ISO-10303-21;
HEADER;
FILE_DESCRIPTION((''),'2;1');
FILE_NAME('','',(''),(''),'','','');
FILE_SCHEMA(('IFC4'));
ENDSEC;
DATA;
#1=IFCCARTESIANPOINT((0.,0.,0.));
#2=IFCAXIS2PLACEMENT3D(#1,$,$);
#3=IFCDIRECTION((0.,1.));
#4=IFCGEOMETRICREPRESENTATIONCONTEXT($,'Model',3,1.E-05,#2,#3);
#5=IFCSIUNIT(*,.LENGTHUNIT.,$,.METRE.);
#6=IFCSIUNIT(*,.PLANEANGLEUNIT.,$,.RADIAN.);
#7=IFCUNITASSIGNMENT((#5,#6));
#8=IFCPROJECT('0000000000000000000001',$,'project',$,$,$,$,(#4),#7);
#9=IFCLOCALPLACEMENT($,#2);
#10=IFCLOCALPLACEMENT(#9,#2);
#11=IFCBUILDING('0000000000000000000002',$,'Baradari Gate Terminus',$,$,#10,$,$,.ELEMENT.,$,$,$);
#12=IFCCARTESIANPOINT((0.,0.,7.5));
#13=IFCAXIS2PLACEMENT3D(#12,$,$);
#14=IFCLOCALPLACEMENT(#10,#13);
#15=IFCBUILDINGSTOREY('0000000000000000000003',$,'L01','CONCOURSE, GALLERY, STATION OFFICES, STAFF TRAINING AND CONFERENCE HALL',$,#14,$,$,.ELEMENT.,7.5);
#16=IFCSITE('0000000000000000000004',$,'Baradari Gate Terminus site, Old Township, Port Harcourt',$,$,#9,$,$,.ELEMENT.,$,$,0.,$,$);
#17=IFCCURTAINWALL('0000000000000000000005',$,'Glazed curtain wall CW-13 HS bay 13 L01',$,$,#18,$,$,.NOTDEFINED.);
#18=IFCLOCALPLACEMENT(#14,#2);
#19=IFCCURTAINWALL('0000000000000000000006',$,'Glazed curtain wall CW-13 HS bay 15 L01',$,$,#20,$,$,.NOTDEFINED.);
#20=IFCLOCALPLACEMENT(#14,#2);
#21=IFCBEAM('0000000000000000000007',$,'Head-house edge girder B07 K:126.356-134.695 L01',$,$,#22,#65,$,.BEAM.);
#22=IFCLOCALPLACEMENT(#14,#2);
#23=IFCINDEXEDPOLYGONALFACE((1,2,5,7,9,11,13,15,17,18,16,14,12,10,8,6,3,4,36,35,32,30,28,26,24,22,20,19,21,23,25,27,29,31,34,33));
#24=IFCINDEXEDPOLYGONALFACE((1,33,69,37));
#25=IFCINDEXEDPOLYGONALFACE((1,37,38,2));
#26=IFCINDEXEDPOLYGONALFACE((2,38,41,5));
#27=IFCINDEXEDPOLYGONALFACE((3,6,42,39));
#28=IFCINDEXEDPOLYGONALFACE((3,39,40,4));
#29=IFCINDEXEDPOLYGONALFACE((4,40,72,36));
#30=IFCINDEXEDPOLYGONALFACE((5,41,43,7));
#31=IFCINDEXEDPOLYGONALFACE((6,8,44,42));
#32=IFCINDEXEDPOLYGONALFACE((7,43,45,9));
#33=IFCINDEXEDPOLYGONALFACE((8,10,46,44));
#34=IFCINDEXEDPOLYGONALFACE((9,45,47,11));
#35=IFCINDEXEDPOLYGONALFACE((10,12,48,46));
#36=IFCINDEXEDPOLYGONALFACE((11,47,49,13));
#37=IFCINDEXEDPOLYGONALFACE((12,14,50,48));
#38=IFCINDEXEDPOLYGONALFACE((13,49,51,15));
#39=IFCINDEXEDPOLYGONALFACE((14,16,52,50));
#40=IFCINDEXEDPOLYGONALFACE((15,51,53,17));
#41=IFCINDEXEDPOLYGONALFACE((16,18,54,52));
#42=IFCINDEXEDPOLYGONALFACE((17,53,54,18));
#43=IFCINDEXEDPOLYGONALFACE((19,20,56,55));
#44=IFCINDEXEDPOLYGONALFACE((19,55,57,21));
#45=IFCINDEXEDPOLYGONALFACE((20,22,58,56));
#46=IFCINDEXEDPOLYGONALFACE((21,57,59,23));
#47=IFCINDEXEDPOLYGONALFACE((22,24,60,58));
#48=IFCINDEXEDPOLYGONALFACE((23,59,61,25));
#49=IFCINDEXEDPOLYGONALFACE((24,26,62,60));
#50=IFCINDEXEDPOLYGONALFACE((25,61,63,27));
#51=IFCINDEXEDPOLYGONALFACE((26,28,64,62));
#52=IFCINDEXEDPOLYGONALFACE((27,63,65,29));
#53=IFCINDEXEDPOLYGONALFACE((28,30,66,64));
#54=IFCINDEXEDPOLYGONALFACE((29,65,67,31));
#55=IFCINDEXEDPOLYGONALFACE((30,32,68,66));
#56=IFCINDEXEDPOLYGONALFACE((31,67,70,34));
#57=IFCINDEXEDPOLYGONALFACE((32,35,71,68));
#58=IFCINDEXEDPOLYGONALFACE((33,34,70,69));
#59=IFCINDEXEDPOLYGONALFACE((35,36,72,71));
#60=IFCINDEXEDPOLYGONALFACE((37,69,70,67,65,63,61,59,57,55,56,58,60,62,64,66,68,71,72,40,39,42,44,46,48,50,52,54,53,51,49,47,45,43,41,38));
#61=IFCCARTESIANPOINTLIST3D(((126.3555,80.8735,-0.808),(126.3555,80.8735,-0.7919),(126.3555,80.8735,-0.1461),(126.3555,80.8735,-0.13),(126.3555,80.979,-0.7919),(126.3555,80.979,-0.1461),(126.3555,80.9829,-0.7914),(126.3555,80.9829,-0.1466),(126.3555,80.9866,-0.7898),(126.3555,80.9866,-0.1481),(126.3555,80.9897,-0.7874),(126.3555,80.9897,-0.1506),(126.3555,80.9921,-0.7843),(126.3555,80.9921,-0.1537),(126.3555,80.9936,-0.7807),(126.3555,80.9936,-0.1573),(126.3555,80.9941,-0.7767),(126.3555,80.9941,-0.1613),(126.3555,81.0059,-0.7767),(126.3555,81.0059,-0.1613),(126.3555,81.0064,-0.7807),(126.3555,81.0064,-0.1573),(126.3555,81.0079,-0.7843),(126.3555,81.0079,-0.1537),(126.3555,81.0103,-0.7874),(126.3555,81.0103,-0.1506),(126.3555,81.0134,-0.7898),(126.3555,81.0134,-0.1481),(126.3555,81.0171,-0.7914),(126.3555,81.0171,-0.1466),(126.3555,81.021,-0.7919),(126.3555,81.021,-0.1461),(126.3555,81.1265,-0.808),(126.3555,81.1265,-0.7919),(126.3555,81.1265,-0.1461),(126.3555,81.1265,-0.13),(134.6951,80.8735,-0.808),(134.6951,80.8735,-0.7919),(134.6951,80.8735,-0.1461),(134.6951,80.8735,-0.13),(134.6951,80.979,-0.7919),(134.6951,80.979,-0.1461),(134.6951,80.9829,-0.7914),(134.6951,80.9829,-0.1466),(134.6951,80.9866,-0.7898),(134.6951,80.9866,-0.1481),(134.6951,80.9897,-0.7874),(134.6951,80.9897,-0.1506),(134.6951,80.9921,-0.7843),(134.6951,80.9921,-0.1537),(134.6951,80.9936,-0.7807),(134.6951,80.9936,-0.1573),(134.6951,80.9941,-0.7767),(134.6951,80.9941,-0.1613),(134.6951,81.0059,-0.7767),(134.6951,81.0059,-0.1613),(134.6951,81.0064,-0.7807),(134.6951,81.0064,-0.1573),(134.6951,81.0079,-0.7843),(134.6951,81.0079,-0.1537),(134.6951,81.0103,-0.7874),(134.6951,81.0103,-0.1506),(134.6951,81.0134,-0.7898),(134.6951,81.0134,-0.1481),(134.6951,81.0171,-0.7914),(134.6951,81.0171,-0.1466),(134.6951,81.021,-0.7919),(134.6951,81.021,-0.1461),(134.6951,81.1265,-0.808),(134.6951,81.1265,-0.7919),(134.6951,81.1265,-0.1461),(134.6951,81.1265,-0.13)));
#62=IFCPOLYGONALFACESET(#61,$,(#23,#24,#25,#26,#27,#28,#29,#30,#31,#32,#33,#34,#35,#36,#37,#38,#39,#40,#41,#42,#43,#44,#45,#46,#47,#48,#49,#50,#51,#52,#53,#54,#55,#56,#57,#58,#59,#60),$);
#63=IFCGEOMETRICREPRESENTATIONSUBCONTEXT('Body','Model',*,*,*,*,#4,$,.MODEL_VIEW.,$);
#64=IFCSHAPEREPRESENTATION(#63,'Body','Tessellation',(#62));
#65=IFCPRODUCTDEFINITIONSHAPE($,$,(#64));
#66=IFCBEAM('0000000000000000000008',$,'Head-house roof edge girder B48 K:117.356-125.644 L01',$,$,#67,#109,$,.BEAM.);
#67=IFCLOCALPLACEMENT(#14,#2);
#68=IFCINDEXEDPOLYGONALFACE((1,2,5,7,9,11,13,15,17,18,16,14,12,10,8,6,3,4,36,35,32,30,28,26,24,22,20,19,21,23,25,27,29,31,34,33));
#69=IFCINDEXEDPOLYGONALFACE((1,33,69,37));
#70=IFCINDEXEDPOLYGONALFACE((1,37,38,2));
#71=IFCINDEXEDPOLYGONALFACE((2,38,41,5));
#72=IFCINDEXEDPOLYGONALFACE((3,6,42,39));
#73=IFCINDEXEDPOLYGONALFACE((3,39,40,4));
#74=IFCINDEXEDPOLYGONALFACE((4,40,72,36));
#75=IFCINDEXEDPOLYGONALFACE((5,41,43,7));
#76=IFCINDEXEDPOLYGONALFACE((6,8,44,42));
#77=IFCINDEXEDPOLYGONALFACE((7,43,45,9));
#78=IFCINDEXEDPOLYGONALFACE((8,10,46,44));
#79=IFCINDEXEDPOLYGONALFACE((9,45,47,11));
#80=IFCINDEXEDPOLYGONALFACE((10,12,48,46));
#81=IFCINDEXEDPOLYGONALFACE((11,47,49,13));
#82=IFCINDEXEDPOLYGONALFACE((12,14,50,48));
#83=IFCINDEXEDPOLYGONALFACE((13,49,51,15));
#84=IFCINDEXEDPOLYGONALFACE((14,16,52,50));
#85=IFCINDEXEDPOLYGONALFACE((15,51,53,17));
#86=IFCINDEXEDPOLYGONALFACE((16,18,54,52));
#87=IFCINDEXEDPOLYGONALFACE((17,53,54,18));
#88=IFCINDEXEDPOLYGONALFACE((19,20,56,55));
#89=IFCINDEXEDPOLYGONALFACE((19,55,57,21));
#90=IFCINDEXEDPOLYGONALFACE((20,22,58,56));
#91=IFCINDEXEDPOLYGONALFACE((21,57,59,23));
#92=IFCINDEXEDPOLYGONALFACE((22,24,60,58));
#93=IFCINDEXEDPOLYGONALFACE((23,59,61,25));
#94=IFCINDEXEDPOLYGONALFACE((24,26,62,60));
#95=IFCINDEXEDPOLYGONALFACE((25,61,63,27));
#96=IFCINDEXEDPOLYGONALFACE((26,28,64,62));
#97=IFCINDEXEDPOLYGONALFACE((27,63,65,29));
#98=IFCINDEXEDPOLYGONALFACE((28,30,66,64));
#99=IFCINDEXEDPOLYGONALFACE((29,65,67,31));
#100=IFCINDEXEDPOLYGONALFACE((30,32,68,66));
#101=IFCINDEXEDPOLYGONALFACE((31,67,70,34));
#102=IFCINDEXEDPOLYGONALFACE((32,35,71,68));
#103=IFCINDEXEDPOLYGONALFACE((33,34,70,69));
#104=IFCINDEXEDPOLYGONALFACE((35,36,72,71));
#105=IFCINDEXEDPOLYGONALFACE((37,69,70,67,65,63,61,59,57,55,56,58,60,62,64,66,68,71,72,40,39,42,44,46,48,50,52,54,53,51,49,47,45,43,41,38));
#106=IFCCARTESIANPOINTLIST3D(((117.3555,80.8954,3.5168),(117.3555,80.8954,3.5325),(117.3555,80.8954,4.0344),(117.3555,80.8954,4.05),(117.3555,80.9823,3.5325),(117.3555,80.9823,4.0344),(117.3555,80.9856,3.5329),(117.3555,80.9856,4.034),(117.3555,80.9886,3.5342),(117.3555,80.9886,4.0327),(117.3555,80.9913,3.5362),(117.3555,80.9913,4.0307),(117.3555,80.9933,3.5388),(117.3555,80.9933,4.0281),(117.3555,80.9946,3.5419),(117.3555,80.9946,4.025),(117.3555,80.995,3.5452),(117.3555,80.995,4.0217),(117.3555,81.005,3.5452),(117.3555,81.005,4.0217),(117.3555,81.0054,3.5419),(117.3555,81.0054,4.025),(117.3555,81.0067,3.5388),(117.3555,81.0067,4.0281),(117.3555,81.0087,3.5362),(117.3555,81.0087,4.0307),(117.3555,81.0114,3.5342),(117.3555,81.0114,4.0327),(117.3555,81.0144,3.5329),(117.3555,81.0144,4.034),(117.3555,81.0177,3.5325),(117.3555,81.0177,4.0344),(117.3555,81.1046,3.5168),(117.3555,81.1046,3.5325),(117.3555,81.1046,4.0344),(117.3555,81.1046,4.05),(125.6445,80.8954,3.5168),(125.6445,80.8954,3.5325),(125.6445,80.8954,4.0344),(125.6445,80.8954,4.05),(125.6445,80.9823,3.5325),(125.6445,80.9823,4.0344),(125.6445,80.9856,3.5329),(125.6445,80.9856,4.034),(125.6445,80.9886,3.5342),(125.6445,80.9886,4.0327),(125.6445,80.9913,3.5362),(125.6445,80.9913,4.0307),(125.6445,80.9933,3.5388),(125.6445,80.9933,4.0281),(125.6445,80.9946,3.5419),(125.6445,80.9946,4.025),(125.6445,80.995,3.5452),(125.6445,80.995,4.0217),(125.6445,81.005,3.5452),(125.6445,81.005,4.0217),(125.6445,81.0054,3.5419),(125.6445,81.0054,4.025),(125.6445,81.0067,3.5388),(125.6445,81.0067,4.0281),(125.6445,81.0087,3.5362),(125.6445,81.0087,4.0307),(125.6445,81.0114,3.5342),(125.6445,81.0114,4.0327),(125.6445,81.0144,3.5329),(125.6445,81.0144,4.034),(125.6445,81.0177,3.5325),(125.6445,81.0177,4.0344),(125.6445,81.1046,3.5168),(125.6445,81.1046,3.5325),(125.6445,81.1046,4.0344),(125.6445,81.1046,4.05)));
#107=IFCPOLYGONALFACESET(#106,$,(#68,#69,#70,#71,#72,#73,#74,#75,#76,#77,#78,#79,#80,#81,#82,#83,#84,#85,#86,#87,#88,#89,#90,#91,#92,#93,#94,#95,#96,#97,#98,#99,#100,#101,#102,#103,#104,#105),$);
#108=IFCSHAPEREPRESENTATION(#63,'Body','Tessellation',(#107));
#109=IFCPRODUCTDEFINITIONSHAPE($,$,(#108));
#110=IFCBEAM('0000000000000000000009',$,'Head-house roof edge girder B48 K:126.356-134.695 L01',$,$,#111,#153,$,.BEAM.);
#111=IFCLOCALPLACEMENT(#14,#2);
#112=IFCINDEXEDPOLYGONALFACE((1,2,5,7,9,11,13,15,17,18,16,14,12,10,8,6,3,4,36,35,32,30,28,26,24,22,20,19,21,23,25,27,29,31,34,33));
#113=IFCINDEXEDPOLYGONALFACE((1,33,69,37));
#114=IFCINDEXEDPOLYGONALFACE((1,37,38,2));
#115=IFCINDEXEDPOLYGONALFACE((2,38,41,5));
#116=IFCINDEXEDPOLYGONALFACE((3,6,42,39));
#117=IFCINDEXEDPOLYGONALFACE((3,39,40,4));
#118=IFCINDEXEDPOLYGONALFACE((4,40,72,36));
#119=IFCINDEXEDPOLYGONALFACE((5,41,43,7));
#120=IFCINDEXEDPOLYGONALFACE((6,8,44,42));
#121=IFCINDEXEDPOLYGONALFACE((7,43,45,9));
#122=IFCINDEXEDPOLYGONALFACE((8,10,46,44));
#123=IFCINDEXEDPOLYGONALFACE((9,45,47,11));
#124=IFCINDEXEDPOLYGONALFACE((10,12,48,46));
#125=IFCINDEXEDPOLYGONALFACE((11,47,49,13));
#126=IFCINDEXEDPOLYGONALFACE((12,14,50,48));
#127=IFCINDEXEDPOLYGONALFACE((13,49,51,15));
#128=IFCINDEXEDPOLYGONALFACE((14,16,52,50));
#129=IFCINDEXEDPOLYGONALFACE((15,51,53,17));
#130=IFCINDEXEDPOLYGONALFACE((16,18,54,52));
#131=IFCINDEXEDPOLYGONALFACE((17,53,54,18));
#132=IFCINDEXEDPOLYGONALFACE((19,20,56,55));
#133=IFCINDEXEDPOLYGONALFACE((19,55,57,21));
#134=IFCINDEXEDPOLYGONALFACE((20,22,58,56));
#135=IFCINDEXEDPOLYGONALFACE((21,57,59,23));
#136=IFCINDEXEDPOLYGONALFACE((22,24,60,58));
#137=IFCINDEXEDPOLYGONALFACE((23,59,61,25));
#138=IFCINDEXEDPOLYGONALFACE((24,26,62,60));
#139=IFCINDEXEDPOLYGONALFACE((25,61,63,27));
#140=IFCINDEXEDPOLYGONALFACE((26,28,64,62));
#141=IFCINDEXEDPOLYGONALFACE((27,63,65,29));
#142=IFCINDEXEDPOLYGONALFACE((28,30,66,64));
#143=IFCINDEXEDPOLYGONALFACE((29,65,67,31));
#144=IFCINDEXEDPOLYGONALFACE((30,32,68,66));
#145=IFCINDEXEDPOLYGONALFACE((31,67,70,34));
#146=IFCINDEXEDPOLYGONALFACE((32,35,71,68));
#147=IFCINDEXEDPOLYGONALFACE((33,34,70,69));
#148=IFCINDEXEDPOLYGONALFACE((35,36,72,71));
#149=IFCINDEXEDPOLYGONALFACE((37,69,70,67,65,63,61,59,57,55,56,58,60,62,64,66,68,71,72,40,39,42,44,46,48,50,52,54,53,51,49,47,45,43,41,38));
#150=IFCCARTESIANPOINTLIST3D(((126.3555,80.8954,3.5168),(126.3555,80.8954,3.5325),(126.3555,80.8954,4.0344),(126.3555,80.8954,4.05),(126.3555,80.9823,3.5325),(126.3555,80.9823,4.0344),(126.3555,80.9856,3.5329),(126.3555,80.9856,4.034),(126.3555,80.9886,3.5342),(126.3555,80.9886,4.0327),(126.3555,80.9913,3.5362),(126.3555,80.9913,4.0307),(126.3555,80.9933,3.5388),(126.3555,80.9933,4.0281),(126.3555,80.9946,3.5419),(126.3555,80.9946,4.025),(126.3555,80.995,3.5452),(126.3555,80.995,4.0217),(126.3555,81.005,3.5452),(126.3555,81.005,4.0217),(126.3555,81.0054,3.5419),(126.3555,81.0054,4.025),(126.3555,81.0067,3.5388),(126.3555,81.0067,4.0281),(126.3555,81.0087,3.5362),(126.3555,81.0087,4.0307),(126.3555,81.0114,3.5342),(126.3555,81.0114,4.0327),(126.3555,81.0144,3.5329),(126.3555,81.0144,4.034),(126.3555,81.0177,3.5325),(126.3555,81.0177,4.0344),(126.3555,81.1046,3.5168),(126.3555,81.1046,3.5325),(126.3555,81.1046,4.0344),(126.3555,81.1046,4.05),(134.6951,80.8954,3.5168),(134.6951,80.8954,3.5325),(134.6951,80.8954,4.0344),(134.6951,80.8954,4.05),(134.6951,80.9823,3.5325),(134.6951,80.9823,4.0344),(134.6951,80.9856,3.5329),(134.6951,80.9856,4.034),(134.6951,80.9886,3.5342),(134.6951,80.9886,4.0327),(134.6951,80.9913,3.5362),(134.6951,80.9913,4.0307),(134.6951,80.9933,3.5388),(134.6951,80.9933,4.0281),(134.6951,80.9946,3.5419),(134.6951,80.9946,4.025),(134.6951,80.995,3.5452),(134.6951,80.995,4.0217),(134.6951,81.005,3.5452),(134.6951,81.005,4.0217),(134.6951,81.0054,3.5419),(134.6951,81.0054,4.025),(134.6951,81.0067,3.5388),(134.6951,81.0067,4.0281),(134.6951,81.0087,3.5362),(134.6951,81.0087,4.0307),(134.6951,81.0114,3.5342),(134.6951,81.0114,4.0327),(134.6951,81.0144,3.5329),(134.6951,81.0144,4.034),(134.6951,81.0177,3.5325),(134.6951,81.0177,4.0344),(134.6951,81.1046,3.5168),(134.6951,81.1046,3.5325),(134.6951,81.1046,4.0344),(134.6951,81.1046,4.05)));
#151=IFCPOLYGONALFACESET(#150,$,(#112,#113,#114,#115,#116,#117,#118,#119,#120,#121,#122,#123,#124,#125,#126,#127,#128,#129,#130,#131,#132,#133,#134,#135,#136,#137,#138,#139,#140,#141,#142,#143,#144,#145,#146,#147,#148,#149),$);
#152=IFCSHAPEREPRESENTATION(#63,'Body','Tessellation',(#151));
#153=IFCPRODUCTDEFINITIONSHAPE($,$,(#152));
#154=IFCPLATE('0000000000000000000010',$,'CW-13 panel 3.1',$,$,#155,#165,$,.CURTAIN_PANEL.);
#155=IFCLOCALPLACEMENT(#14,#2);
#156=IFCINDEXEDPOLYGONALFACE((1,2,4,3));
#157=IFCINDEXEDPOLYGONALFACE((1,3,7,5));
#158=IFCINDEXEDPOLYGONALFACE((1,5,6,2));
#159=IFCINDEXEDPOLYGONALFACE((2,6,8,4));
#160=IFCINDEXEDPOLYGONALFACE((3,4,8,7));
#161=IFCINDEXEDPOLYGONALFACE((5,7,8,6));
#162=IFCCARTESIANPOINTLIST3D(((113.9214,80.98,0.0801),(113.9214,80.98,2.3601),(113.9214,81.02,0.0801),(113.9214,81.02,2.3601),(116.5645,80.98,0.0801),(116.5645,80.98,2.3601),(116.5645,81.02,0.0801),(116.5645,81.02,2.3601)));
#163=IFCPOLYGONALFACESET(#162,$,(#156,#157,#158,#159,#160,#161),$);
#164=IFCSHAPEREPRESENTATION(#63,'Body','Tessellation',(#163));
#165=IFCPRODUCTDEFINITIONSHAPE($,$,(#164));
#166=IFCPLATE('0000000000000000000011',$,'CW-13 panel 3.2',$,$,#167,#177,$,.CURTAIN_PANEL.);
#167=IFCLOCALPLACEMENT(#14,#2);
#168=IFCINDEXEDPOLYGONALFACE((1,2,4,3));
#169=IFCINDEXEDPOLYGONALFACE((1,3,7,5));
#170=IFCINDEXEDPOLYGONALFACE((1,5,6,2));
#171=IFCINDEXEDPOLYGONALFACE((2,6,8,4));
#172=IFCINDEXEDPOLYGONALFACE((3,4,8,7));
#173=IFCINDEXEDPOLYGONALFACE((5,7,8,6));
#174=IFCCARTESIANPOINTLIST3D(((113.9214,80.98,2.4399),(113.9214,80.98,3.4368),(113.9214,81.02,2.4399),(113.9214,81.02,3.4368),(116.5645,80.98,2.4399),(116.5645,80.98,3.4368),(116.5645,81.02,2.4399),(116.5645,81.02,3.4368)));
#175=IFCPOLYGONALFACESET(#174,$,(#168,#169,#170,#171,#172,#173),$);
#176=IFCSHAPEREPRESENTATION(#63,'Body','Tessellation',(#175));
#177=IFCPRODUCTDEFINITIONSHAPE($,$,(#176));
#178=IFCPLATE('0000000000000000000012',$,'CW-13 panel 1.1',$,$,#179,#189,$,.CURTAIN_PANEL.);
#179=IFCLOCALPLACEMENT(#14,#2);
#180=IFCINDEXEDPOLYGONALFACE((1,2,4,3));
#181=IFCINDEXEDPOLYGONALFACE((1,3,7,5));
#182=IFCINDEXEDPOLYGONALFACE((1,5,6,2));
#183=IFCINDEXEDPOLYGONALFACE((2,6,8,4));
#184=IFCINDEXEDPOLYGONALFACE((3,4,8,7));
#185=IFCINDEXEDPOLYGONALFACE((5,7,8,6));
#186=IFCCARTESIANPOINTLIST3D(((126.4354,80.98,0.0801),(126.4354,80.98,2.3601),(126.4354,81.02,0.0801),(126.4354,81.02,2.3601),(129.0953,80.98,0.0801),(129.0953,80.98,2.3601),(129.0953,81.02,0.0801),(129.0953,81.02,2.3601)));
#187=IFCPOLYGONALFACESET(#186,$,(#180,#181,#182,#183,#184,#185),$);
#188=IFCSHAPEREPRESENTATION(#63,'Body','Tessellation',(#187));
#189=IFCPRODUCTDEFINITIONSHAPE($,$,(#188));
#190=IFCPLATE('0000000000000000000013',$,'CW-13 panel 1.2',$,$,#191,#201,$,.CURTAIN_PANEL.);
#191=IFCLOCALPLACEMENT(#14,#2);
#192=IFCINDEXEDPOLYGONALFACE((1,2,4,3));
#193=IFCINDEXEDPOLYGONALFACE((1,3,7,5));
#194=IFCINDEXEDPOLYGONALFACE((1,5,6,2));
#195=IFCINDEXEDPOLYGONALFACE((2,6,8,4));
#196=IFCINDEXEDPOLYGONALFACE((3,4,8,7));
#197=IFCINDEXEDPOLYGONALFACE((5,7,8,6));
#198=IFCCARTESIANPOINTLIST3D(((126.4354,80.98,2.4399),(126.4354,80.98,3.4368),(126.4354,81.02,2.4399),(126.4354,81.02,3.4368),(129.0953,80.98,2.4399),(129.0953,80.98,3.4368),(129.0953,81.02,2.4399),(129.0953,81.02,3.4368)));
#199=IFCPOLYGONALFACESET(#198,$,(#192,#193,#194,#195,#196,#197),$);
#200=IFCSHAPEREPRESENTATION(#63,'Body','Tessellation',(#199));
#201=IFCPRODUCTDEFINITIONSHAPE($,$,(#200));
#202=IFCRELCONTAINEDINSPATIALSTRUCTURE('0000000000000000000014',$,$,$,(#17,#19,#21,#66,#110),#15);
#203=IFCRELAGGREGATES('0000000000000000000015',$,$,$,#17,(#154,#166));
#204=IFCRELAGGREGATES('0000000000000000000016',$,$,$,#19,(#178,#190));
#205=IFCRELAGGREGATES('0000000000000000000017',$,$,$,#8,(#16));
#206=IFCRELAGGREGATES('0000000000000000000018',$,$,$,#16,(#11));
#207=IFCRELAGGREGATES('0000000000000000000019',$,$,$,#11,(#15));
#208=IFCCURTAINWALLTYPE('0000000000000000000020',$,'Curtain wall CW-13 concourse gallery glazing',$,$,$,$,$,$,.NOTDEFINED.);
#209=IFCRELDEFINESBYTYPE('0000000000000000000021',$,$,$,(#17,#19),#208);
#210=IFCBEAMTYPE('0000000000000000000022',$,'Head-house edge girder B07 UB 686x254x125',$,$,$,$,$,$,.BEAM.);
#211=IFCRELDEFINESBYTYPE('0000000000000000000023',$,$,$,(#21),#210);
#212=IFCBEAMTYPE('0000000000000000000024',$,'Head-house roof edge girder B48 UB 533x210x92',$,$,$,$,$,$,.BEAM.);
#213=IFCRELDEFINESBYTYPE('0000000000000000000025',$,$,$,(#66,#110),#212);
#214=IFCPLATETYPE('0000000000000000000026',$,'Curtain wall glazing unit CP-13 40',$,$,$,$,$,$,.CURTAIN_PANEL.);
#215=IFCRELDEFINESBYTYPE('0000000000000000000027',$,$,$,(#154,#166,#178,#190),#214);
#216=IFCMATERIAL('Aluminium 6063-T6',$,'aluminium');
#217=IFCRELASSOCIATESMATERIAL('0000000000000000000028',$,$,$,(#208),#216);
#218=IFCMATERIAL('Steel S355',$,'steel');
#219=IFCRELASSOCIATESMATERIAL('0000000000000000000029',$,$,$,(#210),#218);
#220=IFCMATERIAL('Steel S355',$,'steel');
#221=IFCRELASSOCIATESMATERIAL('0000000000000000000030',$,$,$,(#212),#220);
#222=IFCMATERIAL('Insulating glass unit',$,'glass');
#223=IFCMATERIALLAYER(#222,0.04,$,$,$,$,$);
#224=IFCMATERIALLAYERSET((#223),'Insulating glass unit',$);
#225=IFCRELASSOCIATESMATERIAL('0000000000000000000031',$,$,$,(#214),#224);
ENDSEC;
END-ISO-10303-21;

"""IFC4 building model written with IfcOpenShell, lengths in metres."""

from ifc_helpers import new_model, si_unit, direction, frame, origin, origin_2d, place, context, subcontext, project, spatial, rectangle, i_section, extrude, material, layer, layer_set, material_profile, profile_set, type_object, element, aggregate, save


model = new_model("IFC4")

# Units and contexts
model_context = context("Model", 3, precision=1e-05, world=origin(), true_north=direction((0.0, 1.0)))
body_context = subcontext(model_context, "Body", "Model", "MODEL_VIEW")
ifc_project = project(units=[si_unit("LENGTHUNIT", "METRE"), si_unit("PLANEANGLEUNIT", "RADIAN")], contexts=[model_context])

# Site, building, storey
site_placement = place(None, origin())
site = spatial("IfcSite", under=ifc_project, at=site_placement, Name="Baradari Gate Terminus site, Old Township, Port Harcourt", CompositionType="ELEMENT", RefElevation=0.0)
building_placement = place(site_placement, origin())
building = spatial("IfcBuilding", under=site, at=building_placement, Name="Baradari Gate Terminus", CompositionType="ELEMENT")
storey_placement = place(building_placement, frame((0.0, 0.0, 7.5)))
storey = spatial("IfcBuildingStorey", under=building, at=storey_placement, Name="L01", Description="CONCOURSE, GALLERY, STATION OFFICES, STAFF TRAINING AND CONFERENCE HALL", CompositionType="ELEMENT", Elevation=7.5)

# Curtain walls
ifc_material_1 = material(Name="Aluminium 6063-T6", Category="aluminium")
curtain_wall_type = type_object("IfcCurtainWallType", Name="Curtain wall CW-13 concourse gallery glazing", PredefinedType="NOTDEFINED", material=ifc_material_1)
curtain_wall_1_placement = place(storey_placement, origin())
curtain_wall_1 = element("IfcCurtainWall", 1, at=curtain_wall_1_placement, inside=storey, type_object=curtain_wall_type, Name="Glazed curtain wall CW-13 HS bay 13 L01", PredefinedType="NOTDEFINED")
curtain_wall_2_placement = place(storey_placement, origin())
curtain_wall_2 = element("IfcCurtainWall", 2, at=curtain_wall_2_placement, inside=storey, type_object=curtain_wall_type, Name="Glazed curtain wall CW-13 HS bay 15 L01", PredefinedType="NOTDEFINED")

# Beams
ifc_material_2 = material(Name="Steel S355", Category="steel")
ifc_material_profile_1 = material_profile(ifc_material_2, i_section(OverallWidth=0.2529, OverallDepth=0.678, WebThickness=0.0117, FlangeThickness=0.0161, FilletRadius=0.0151, at=origin_2d()), Name="UB 686x254x125")
ifc_profile_set_1 = profile_set([ifc_material_profile_1], Name="Steel S355")
beam_type_1 = type_object("IfcBeamType", Name="Head-house edge girder B07 UB 686x254x125", PredefinedType="BEAM", material=ifc_profile_set_1)
beam_1_placement = place(storey_placement, frame((126.3555, 81.0, -0.469), z_axis=(1.0, 0.0, 0.0), x_axis=(0.0, 1.0, 0.0)))
element("IfcBeam", 3, at=beam_1_placement, inside=storey, type_object=beam_type_1, Name="Head-house edge girder B07 K:126.356-134.695 L01", PredefinedType="BEAM", context=body_context, shape_type="SweptSolid", body=[
    extrude(i_section(OverallWidth=0.2529, OverallDepth=0.678, WebThickness=0.0117, FlangeThickness=0.0161, FilletRadius=0.0151, at=origin_2d()), origin(), (0.0, 0.0, 1.0), 8.3396),
])
ifc_material_3 = material(Name="Steel S355", Category="steel")
ifc_material_profile_2 = material_profile(ifc_material_3, i_section(OverallWidth=0.2092, OverallDepth=0.5332, WebThickness=0.01, FlangeThickness=0.0156, FilletRadius=0.0127, at=origin_2d()), Name="UB 533x210x92")
ifc_profile_set_2 = profile_set([ifc_material_profile_2], Name="Steel S355")
beam_type_2 = type_object("IfcBeamType", Name="Head-house roof edge girder B48 UB 533x210x92", PredefinedType="BEAM", material=ifc_profile_set_2)
beam_2_placement = place(storey_placement, frame((117.3555, 81.0, 3.7834), z_axis=(1.0, 0.0, 0.0), x_axis=(0.0, 1.0, 0.0)))
element("IfcBeam", 4, at=beam_2_placement, inside=storey, type_object=beam_type_2, Name="Head-house roof edge girder B48 K:117.356-125.644 L01", PredefinedType="BEAM", context=body_context, shape_type="SweptSolid", body=[
    extrude(i_section(OverallWidth=0.2092, OverallDepth=0.5332, WebThickness=0.01, FlangeThickness=0.0156, FilletRadius=0.0127, at=origin_2d()), origin(), (0.0, 0.0, 1.0), 8.2891),
])
beam_3_placement = place(storey_placement, frame((126.3555, 81.0, 3.7834), z_axis=(1.0, 0.0, 0.0), x_axis=(0.0, 1.0, 0.0)))
element("IfcBeam", 5, at=beam_3_placement, inside=storey, type_object=beam_type_2, Name="Head-house roof edge girder B48 K:126.356-134.695 L01", PredefinedType="BEAM", context=body_context, shape_type="SweptSolid", body=[
    extrude(i_section(OverallWidth=0.2092, OverallDepth=0.5332, WebThickness=0.01, FlangeThickness=0.0156, FilletRadius=0.0127, at=origin_2d()), origin(), (0.0, 0.0, 1.0), 8.3396),
])

# Plates
ifc_material_4 = material(Name="Insulating glass unit", Category="glass")
ifc_layer = layer(ifc_material_4, 0.04)
ifc_layer_set = layer_set([ifc_layer], Name="Insulating glass unit")
plate_type = type_object("IfcPlateType", Name="Curtain wall glazing unit CP-13 40", PredefinedType="CURTAIN_PANEL", material=ifc_layer_set)
plate_1_placement = place(storey_placement, frame((115.2429, 81.0, 0.0801), z_axis=(0.0, 0.0, 1.0), x_axis=(1.0, 0.0, 0.0)))
plate_1 = element("IfcPlate", 6, at=plate_1_placement, type_object=plate_type, Name="CW-13 panel 3.1", PredefinedType="CURTAIN_PANEL", context=body_context, shape_type="SweptSolid", body=[
    extrude(rectangle(XDim=2.6431, YDim=0.04, at=origin_2d()), origin(), (0.0, 0.0, 1.0), 2.28),
])
plate_2_placement = place(storey_placement, frame((115.2429, 81.0, 2.4399), z_axis=(0.0, 0.0, 1.0), x_axis=(1.0, 0.0, 0.0)))
plate_2 = element("IfcPlate", 7, at=plate_2_placement, type_object=plate_type, Name="CW-13 panel 3.2", PredefinedType="CURTAIN_PANEL", context=body_context, shape_type="SweptSolid", body=[
    extrude(rectangle(XDim=2.6431, YDim=0.04, at=origin_2d()), origin(), (0.0, 0.0, 1.0), 0.9968),
])
aggregate(curtain_wall_1, [plate_1, plate_2])
plate_3_placement = place(storey_placement, frame((127.7654, 81.0, 0.0801), z_axis=(0.0, 0.0, 1.0), x_axis=(1.0, 0.0, 0.0)))
plate_3 = element("IfcPlate", 8, at=plate_3_placement, type_object=plate_type, Name="CW-13 panel 1.1", PredefinedType="CURTAIN_PANEL", context=body_context, shape_type="SweptSolid", body=[
    extrude(rectangle(XDim=2.6599, YDim=0.04, at=origin_2d()), origin(), (0.0, 0.0, 1.0), 2.28),
])
plate_4_placement = place(storey_placement, frame((127.7654, 81.0, 2.4399), z_axis=(0.0, 0.0, 1.0), x_axis=(1.0, 0.0, 0.0)))
plate_4 = element("IfcPlate", 9, at=plate_4_placement, type_object=plate_type, Name="CW-13 panel 1.2", PredefinedType="CURTAIN_PANEL", context=body_context, shape_type="SweptSolid", body=[
    extrude(rectangle(XDim=2.6599, YDim=0.04, at=origin_2d()), origin(), (0.0, 0.0, 1.0), 0.9968),
])
aggregate(curtain_wall_2, [plate_3, plate_4])

save(model, "model.ifc")
